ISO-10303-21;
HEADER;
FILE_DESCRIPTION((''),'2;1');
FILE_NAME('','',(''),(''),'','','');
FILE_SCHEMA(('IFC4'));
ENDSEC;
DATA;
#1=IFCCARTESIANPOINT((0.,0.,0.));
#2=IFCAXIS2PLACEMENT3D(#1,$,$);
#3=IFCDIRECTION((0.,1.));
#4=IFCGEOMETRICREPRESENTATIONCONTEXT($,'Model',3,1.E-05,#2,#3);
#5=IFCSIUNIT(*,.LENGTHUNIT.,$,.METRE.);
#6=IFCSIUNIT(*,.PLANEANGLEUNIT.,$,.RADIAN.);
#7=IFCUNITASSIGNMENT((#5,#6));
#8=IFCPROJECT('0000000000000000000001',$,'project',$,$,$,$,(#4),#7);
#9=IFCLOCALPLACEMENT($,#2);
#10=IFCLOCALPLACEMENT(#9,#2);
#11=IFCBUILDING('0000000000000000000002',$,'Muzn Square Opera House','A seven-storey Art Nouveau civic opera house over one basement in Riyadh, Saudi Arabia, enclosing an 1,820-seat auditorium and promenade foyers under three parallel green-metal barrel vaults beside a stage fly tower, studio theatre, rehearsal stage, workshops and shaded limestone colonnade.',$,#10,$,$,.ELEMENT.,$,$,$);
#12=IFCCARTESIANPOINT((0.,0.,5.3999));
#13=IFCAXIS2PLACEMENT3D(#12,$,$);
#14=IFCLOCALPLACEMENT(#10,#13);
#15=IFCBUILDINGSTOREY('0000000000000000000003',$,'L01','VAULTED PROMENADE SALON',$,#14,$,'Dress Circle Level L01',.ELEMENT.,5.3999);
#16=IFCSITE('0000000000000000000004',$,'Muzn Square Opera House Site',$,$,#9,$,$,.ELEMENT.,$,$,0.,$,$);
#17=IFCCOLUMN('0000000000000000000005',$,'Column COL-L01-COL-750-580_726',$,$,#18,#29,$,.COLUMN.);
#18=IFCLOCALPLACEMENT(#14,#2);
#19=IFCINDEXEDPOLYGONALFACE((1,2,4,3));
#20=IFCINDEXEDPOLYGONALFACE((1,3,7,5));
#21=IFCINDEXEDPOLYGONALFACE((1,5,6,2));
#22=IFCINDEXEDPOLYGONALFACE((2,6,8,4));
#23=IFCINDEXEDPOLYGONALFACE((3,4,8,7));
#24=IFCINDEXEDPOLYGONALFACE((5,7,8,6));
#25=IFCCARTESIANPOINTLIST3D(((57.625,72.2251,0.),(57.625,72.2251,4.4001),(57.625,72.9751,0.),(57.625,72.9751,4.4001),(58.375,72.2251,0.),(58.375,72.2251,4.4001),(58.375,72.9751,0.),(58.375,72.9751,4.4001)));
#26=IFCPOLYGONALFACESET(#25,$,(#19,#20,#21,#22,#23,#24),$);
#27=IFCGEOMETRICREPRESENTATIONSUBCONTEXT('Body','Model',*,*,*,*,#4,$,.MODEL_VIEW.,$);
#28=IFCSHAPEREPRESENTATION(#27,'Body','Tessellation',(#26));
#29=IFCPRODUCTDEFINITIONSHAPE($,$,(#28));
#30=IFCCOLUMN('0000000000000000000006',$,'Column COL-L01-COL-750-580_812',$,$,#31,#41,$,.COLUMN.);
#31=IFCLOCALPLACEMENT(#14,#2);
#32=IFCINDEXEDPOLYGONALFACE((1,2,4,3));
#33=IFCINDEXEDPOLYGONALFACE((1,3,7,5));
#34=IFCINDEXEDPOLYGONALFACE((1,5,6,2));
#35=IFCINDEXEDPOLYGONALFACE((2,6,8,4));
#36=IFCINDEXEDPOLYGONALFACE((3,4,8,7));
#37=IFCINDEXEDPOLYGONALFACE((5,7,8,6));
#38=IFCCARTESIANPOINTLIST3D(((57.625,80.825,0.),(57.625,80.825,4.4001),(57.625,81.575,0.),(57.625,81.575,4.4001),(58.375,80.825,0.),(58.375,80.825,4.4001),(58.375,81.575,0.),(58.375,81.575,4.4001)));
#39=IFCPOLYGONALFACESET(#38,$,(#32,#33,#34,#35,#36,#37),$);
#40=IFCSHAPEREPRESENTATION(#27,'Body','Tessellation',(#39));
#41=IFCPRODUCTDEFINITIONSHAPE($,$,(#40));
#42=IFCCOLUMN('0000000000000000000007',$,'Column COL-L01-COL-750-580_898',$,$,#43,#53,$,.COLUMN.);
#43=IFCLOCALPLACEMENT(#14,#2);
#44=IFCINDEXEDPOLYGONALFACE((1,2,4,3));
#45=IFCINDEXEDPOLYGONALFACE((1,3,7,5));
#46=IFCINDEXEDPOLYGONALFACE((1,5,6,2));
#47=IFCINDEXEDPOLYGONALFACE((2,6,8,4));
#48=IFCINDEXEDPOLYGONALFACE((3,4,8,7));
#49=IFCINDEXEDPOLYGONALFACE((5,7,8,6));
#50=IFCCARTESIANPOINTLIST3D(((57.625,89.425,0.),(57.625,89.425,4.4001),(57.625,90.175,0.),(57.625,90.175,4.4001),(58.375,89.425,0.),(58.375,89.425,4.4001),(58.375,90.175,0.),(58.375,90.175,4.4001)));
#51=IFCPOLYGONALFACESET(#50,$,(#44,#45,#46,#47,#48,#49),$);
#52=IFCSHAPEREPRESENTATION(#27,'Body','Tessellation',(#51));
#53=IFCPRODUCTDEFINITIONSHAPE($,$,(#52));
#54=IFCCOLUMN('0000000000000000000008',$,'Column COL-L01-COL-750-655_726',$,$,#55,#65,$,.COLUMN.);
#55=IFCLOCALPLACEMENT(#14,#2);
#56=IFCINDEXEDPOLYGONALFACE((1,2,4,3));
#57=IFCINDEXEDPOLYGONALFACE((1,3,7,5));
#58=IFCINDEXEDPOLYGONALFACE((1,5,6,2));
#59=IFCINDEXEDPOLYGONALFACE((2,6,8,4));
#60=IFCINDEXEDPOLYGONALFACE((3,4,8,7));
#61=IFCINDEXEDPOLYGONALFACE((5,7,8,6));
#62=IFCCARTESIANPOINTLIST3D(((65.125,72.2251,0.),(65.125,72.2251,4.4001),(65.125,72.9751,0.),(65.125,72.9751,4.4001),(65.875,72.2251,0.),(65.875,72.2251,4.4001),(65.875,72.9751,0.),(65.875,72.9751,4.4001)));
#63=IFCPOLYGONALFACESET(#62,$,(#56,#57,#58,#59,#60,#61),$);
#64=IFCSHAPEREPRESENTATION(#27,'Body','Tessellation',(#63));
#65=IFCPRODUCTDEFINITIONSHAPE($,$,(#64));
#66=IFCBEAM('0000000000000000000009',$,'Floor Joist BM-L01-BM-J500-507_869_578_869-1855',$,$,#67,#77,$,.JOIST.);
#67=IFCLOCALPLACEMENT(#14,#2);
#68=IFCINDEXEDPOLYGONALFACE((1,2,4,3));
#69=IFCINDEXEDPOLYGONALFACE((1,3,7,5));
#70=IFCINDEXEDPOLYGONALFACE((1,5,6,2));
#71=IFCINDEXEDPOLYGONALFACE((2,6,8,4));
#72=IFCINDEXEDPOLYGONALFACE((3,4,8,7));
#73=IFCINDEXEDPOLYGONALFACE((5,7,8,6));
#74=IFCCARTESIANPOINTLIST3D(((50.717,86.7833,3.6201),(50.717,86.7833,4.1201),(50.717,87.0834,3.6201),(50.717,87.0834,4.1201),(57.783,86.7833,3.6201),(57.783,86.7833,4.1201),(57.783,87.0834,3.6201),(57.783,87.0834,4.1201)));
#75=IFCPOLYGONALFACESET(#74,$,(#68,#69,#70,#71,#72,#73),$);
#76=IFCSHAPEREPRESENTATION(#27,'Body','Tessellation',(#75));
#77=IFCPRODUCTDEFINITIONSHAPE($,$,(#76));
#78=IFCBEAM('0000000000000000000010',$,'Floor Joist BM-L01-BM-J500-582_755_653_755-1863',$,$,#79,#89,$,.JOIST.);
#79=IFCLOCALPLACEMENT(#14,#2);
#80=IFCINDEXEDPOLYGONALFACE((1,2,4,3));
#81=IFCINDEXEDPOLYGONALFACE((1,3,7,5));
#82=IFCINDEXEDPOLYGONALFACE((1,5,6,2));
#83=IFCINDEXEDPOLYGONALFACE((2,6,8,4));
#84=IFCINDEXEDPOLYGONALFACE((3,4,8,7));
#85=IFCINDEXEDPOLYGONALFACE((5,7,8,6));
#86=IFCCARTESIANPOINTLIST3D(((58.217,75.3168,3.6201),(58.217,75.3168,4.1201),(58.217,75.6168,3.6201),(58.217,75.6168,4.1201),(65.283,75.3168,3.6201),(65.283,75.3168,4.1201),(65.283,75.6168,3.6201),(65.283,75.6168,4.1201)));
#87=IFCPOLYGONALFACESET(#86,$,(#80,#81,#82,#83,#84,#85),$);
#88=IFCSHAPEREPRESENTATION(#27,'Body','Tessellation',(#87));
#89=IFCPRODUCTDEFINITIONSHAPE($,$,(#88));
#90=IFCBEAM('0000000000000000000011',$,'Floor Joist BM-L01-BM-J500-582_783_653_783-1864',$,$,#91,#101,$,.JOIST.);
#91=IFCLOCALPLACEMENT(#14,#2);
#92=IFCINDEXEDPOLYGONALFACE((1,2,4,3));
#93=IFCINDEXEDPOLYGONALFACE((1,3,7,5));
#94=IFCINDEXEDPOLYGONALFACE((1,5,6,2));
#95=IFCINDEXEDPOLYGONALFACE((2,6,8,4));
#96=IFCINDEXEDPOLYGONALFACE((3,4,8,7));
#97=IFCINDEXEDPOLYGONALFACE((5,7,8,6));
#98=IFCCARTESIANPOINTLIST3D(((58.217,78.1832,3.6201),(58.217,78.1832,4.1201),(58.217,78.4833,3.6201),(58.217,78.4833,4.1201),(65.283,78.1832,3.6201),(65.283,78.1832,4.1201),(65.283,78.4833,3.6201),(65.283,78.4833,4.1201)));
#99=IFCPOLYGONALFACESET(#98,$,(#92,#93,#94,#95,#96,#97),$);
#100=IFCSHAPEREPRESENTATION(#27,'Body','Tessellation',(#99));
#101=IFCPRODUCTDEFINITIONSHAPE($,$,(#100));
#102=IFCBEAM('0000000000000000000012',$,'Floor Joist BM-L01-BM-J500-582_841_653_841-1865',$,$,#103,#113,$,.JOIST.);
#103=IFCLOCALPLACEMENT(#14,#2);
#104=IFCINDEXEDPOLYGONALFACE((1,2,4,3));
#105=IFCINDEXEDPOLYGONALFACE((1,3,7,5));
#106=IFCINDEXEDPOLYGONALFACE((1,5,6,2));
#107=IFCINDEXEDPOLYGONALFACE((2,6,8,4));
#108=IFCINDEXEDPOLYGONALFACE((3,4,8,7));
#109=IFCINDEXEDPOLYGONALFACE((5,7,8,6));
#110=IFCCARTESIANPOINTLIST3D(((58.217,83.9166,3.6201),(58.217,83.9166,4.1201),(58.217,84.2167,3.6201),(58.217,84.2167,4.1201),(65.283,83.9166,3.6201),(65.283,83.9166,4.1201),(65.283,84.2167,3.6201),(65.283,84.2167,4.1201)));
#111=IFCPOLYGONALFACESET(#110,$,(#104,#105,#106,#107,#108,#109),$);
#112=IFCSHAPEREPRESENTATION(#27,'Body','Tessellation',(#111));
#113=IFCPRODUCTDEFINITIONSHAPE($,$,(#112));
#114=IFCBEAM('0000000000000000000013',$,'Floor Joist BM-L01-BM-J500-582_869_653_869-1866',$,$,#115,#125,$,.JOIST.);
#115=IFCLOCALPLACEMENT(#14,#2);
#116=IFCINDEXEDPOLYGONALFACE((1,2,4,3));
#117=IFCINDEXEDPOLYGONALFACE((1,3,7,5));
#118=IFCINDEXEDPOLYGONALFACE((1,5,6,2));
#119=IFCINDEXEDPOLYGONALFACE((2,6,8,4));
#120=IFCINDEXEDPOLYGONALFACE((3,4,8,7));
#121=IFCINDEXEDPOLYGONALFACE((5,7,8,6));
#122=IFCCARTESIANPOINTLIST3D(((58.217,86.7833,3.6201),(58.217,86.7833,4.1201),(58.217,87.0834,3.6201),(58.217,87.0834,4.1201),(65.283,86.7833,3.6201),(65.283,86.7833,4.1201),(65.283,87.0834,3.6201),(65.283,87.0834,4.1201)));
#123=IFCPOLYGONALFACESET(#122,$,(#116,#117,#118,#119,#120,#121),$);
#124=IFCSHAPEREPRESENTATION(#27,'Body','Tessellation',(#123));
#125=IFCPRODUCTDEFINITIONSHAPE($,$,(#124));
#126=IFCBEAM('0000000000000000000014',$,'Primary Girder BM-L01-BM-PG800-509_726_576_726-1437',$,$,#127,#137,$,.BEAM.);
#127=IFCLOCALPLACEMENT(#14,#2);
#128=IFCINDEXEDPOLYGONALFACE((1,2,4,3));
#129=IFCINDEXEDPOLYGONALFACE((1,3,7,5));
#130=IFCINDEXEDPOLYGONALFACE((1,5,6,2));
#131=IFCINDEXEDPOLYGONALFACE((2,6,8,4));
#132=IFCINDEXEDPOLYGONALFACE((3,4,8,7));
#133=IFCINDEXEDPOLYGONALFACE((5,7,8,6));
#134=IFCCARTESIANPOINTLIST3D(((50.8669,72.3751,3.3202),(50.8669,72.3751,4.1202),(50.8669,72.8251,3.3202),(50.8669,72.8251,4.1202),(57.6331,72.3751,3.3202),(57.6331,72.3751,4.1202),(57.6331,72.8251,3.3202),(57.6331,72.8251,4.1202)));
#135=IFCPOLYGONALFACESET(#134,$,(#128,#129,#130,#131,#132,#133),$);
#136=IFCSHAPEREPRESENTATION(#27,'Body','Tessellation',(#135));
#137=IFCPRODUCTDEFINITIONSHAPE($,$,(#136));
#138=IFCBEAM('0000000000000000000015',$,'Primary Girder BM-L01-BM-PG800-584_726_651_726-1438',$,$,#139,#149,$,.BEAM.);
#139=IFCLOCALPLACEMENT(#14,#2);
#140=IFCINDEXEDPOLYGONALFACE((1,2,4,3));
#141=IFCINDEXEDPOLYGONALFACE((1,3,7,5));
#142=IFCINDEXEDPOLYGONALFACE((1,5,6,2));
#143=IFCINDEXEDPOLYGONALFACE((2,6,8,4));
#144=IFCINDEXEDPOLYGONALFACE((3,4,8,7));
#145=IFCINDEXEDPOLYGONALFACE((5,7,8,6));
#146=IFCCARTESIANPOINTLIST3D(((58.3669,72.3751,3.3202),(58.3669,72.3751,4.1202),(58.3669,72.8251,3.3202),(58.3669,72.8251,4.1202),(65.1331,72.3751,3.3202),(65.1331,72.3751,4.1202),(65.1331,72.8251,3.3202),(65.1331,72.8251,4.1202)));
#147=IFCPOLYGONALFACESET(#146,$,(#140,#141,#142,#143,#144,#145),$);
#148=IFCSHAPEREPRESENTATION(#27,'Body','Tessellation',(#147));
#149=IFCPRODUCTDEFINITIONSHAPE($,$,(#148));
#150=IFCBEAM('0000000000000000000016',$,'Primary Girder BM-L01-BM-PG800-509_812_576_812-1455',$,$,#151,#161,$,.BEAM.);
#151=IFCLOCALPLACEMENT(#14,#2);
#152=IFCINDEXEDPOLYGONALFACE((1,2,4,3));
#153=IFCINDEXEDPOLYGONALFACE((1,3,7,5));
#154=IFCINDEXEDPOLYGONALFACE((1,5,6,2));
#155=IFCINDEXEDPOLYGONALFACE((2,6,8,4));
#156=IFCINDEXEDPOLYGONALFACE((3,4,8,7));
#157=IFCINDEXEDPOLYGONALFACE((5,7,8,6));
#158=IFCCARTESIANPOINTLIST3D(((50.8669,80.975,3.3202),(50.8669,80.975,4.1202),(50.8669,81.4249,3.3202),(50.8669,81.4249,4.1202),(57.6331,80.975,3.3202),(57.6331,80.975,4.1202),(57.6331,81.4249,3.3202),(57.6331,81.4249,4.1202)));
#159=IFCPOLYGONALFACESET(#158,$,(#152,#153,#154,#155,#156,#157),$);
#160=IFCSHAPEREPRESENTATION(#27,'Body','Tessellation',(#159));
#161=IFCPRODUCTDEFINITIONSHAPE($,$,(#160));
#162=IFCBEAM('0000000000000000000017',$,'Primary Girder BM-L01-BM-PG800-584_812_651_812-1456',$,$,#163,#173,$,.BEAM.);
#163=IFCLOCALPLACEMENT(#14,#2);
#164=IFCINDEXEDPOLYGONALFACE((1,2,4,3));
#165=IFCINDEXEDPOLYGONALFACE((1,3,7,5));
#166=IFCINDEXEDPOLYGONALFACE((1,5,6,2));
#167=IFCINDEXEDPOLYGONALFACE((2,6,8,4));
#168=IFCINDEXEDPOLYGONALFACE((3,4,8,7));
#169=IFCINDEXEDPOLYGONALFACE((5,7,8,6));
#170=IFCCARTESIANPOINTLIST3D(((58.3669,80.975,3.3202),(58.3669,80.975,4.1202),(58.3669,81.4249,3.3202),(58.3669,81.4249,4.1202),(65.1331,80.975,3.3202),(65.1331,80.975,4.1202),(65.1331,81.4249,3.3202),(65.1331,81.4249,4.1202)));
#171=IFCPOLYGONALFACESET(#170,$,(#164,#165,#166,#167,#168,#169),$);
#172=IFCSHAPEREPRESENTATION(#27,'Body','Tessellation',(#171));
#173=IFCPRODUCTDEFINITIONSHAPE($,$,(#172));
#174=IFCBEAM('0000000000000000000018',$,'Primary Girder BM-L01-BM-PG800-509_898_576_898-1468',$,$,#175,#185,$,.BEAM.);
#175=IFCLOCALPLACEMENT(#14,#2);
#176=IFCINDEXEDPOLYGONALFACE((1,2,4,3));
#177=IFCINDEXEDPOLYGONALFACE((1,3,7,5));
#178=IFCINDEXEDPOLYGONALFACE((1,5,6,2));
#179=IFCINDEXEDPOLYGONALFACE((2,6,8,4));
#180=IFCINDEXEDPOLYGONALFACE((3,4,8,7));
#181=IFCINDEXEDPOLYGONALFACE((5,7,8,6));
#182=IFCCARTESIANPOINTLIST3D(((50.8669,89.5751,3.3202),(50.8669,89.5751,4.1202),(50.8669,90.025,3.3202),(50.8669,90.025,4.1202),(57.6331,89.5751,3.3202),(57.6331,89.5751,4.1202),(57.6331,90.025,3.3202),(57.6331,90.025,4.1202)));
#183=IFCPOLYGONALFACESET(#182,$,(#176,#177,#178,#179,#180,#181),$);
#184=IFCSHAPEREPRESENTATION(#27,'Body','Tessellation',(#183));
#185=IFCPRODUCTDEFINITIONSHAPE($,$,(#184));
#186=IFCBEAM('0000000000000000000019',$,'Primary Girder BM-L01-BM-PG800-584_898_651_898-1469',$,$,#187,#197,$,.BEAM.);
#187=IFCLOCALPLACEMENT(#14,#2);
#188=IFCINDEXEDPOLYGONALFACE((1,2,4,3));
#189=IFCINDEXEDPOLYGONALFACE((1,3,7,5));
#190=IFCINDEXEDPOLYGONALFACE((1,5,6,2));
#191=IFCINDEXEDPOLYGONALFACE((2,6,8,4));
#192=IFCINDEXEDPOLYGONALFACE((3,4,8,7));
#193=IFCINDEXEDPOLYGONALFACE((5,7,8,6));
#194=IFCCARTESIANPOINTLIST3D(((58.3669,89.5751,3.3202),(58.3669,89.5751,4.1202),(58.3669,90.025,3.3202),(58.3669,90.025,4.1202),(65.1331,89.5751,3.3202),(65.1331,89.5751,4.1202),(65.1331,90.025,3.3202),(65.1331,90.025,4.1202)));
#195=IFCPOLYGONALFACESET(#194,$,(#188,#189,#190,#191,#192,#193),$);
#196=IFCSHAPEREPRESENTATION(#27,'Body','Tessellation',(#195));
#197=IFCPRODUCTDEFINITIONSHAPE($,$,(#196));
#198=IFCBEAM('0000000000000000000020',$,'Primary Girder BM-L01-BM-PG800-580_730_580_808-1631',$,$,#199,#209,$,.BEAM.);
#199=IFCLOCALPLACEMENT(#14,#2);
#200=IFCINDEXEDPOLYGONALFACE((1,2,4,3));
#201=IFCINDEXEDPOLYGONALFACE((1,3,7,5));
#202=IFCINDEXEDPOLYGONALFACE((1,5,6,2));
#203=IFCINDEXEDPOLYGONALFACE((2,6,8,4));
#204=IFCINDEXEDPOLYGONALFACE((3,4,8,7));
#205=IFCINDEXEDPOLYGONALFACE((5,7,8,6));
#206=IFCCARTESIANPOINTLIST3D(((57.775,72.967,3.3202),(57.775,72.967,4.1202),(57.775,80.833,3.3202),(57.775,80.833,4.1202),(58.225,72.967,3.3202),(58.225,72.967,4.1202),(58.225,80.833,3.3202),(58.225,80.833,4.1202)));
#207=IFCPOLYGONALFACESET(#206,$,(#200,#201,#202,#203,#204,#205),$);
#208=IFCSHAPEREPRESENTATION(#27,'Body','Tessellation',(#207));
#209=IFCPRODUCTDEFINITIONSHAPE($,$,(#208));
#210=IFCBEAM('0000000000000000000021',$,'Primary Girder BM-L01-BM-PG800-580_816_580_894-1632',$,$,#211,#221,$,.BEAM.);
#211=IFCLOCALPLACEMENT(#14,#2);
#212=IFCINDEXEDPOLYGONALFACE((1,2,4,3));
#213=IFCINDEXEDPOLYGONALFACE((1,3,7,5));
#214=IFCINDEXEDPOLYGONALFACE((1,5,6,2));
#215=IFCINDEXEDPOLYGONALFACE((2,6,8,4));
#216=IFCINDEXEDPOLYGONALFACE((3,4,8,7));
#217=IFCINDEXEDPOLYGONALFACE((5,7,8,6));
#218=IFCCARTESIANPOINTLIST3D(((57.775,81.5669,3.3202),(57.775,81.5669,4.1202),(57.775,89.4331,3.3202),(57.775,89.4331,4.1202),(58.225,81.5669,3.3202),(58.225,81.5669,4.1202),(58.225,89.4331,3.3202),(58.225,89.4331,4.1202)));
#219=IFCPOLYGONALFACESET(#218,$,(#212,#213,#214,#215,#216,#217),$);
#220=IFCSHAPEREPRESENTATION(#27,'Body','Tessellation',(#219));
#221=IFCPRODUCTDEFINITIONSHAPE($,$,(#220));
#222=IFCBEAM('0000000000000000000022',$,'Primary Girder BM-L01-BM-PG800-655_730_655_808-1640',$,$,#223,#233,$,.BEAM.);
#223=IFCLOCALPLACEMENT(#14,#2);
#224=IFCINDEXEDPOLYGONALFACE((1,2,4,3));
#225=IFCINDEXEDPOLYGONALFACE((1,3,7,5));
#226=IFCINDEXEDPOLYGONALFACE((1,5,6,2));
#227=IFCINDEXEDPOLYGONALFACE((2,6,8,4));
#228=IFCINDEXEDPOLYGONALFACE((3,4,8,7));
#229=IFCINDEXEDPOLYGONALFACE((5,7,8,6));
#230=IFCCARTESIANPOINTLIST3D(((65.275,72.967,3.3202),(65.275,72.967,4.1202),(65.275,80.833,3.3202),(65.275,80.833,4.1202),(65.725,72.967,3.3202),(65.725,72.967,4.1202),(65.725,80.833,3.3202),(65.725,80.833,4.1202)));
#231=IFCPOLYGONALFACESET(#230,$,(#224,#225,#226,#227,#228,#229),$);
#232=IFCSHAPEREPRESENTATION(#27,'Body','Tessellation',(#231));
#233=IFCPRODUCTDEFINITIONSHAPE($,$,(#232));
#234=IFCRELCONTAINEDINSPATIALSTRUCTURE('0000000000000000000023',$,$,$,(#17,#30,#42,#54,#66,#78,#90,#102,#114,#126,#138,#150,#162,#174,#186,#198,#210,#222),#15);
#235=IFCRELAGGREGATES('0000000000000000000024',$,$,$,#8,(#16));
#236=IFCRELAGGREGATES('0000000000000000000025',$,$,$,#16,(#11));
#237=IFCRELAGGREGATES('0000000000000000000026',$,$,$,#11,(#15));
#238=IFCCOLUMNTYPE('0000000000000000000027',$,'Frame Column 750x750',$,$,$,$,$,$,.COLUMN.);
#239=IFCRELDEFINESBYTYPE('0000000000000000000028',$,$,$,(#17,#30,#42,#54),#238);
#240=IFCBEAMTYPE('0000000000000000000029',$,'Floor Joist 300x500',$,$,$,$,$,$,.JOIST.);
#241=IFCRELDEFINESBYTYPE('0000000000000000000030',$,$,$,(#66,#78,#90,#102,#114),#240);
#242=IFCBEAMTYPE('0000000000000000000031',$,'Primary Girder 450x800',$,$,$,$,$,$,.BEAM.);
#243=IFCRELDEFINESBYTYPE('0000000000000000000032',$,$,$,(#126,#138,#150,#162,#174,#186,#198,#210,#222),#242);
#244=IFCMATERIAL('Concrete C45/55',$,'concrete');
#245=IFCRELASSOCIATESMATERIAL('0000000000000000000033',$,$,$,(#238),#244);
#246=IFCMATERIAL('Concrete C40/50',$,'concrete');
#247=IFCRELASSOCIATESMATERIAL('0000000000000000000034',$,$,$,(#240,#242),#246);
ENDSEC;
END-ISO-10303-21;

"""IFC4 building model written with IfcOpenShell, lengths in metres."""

from ifc_helpers import new_model, si_unit, direction, frame, origin, origin_2d, place, context, subcontext, project, spatial, rectangle, extrude, material, material_profile, profile_set, type_object, element, save


model = new_model("IFC4")

# Units and contexts
model_context = context("Model", 3, precision=1e-05, world=origin(), true_north=direction((0.0, 1.0)))
body_context = subcontext(model_context, "Body", "Model", "MODEL_VIEW")
ifc_project = project(units=[si_unit("LENGTHUNIT", "METRE"), si_unit("PLANEANGLEUNIT", "RADIAN")], contexts=[model_context])

# Site, building, storey
site_placement = place(None, origin())
site = spatial("IfcSite", under=ifc_project, at=site_placement, Name="Muzn Square Opera House Site", CompositionType="ELEMENT", RefElevation=0.0)
building_placement = place(site_placement, origin())
building = spatial("IfcBuilding", under=site, at=building_placement, Name="Muzn Square Opera House", Description="A seven-storey Art Nouveau civic opera house over one basement in Riyadh, Saudi Arabia, enclosing an 1,820-seat auditorium and promenade foyers under three parallel green-metal barrel vaults beside a stage fly tower, studio theatre, rehearsal stage, workshops and shaded limestone colonnade.", CompositionType="ELEMENT")
storey_placement = place(building_placement, frame((0.0, 0.0, 5.3999)))
storey = spatial("IfcBuildingStorey", under=building, at=storey_placement, Name="L01", Description="VAULTED PROMENADE SALON", LongName="Dress Circle Level L01", CompositionType="ELEMENT", Elevation=5.3999)

# Columns
ifc_material_1 = material(Name="Concrete C45/55", Category="concrete")
ifc_material_profile_1 = material_profile(ifc_material_1, rectangle(XDim=0.75, YDim=0.75, at=origin_2d()), Name="RC 750x750", Category="concrete")
ifc_profile_set_1 = profile_set([ifc_material_profile_1], Name="Concrete C45/55")
column_type = type_object("IfcColumnType", Name="Frame Column 750x750", PredefinedType="COLUMN", material=ifc_profile_set_1)
for number, where, z_axis, x_axis, name in (
    (1, (58.0, 72.6001, 0.0), (0.0, 0.0, 1.0), (1.0, 0.0, 0.0), "Column COL-L01-COL-750-580_726"),
    (2, (58.0, 81.2, 0.0), (0.0, 0.0, 1.0), (1.0, 0.0, 0.0), "Column COL-L01-COL-750-580_812"),
    (3, (58.0, 89.8, 0.0), (0.0, 0.0, 1.0), (1.0, 0.0, 0.0), "Column COL-L01-COL-750-580_898"),
    (4, (65.5, 72.6001, 0.0), (0.0, 0.0, 1.0), (1.0, 0.0, 0.0), "Column COL-L01-COL-750-655_726"),
):
    element("IfcColumn", number, at=place(storey_placement, frame(where, z_axis=z_axis, x_axis=x_axis)), inside=storey, type_object=column_type, Name=name, PredefinedType="COLUMN", context=body_context, shape_type="SweptSolid", body=[
        extrude(rectangle(XDim=0.75, YDim=0.75, at=origin_2d()), origin(), (0.0, 0.0, 1.0), 4.4001),
    ])

# Beams
ifc_material_2 = material(Name="Concrete C40/50", Category="concrete")
ifc_material_profile_2 = material_profile(ifc_material_2, rectangle(XDim=0.3, YDim=0.5, at=origin_2d()), Name="RCJ 300x500", Category="concrete")
ifc_profile_set_2 = profile_set([ifc_material_profile_2], Name="Concrete C40/50")
beam_type_1 = type_object("IfcBeamType", Name="Floor Joist 300x500", PredefinedType="JOIST", material=ifc_profile_set_2)
for number, where, z_axis, x_axis, name in (
    (5, (50.717, 86.9333, 3.8701), (1.0, 0.0, 0.0), (0.0, 1.0, 0.0), "Floor Joist BM-L01-BM-J500-507_869_578_869-1855"),
    (6, (58.217, 75.4668, 3.8701), (1.0, 0.0, 0.0), (0.0, 1.0, 0.0), "Floor Joist BM-L01-BM-J500-582_755_653_755-1863"),
    (7, (58.217, 78.3333, 3.8701), (1.0, 0.0, 0.0), (0.0, 1.0, 0.0), "Floor Joist BM-L01-BM-J500-582_783_653_783-1864"),
    (8, (58.217, 84.0667, 3.8701), (1.0, 0.0, 0.0), (0.0, 1.0, 0.0), "Floor Joist BM-L01-BM-J500-582_841_653_841-1865"),
    (9, (58.217, 86.9333, 3.8701), (1.0, 0.0, 0.0), (0.0, 1.0, 0.0), "Floor Joist BM-L01-BM-J500-582_869_653_869-1866"),
):
    element("IfcBeam", number, at=place(storey_placement, frame(where, z_axis=z_axis, x_axis=x_axis)), inside=storey, type_object=beam_type_1, Name=name, PredefinedType="JOIST", context=body_context, shape_type="SweptSolid", body=[
        extrude(rectangle(XDim=0.3, YDim=0.5, at=origin_2d()), origin(), (0.0, 0.0, 1.0), 7.0659),
    ])
ifc_material_profile_3 = material_profile(ifc_material_2, rectangle(XDim=0.45, YDim=0.8, at=origin_2d()), Name="RCB 450x800", Category="concrete")
ifc_profile_set_3 = profile_set([ifc_material_profile_3], Name="Concrete C40/50")
beam_type_2 = type_object("IfcBeamType", Name="Primary Girder 450x800", PredefinedType="BEAM", material=ifc_profile_set_3)
for number, where, z_axis, x_axis, name in (
    (10, (50.8669, 72.6001, 3.7202), (1.0, 0.0, 0.0), (0.0, 1.0, 0.0), "Primary Girder BM-L01-BM-PG800-509_726_576_726-1437"),
    (11, (58.3669, 72.6001, 3.7202), (1.0, 0.0, 0.0), (0.0, 1.0, 0.0), "Primary Girder BM-L01-BM-PG800-584_726_651_726-1438"),
    (12, (50.8669, 81.2, 3.7202), (1.0, 0.0, 0.0), (0.0, 1.0, 0.0), "Primary Girder BM-L01-BM-PG800-509_812_576_812-1455"),
    (13, (58.3669, 81.2, 3.7202), (1.0, 0.0, 0.0), (0.0, 1.0, 0.0), "Primary Girder BM-L01-BM-PG800-584_812_651_812-1456"),
    (14, (50.8669, 89.8, 3.7202), (1.0, 0.0, 0.0), (0.0, 1.0, 0.0), "Primary Girder BM-L01-BM-PG800-509_898_576_898-1468"),
    (15, (58.3669, 89.8, 3.7202), (1.0, 0.0, 0.0), (0.0, 1.0, 0.0), "Primary Girder BM-L01-BM-PG800-584_898_651_898-1469"),
):
    element("IfcBeam", number, at=place(storey_placement, frame(where, z_axis=z_axis, x_axis=x_axis)), inside=storey, type_object=beam_type_2, Name=name, PredefinedType="BEAM", context=body_context, shape_type="SweptSolid", body=[
        extrude(rectangle(XDim=0.45, YDim=0.8, at=origin_2d()), origin(), (0.0, 0.0, 1.0), 6.7661),
    ])
beam_1_placement = place(storey_placement, frame((58.0, 72.967, 3.7202), z_axis=(0.0, 1.0, 0.0), x_axis=(-1.0, 0.0, 0.0)))
element("IfcBeam", 16, at=beam_1_placement, inside=storey, type_object=beam_type_2, Name="Primary Girder BM-L01-BM-PG800-580_730_580_808-1631", PredefinedType="BEAM", context=body_context, shape_type="SweptSolid", body=[
    extrude(rectangle(XDim=0.45, YDim=0.8, at=origin_2d()), origin(), (0.0, 0.0, 1.0), 7.866),
])
beam_2_placement = place(storey_placement, frame((58.0, 81.5669, 3.7202), z_axis=(0.0, 1.0, 0.0), x_axis=(-1.0, 0.0, 0.0)))
element("IfcBeam", 17, at=beam_2_placement, inside=storey, type_object=beam_type_2, Name="Primary Girder BM-L01-BM-PG800-580_816_580_894-1632", PredefinedType="BEAM", context=body_context, shape_type="SweptSolid", body=[
    extrude(rectangle(XDim=0.45, YDim=0.8, at=origin_2d()), origin(), (0.0, 0.0, 1.0), 7.8662),
])
beam_3_placement = place(storey_placement, frame((65.5, 72.967, 3.7202), z_axis=(0.0, 1.0, 0.0), x_axis=(-1.0, 0.0, 0.0)))
element("IfcBeam", 18, at=beam_3_placement, inside=storey, type_object=beam_type_2, Name="Primary Girder BM-L01-BM-PG800-655_730_655_808-1640", PredefinedType="BEAM", context=body_context, shape_type="SweptSolid", body=[
    extrude(rectangle(XDim=0.45, YDim=0.8, at=origin_2d()), origin(), (0.0, 0.0, 1.0), 7.866),
])

save(model, "model.ifc")
